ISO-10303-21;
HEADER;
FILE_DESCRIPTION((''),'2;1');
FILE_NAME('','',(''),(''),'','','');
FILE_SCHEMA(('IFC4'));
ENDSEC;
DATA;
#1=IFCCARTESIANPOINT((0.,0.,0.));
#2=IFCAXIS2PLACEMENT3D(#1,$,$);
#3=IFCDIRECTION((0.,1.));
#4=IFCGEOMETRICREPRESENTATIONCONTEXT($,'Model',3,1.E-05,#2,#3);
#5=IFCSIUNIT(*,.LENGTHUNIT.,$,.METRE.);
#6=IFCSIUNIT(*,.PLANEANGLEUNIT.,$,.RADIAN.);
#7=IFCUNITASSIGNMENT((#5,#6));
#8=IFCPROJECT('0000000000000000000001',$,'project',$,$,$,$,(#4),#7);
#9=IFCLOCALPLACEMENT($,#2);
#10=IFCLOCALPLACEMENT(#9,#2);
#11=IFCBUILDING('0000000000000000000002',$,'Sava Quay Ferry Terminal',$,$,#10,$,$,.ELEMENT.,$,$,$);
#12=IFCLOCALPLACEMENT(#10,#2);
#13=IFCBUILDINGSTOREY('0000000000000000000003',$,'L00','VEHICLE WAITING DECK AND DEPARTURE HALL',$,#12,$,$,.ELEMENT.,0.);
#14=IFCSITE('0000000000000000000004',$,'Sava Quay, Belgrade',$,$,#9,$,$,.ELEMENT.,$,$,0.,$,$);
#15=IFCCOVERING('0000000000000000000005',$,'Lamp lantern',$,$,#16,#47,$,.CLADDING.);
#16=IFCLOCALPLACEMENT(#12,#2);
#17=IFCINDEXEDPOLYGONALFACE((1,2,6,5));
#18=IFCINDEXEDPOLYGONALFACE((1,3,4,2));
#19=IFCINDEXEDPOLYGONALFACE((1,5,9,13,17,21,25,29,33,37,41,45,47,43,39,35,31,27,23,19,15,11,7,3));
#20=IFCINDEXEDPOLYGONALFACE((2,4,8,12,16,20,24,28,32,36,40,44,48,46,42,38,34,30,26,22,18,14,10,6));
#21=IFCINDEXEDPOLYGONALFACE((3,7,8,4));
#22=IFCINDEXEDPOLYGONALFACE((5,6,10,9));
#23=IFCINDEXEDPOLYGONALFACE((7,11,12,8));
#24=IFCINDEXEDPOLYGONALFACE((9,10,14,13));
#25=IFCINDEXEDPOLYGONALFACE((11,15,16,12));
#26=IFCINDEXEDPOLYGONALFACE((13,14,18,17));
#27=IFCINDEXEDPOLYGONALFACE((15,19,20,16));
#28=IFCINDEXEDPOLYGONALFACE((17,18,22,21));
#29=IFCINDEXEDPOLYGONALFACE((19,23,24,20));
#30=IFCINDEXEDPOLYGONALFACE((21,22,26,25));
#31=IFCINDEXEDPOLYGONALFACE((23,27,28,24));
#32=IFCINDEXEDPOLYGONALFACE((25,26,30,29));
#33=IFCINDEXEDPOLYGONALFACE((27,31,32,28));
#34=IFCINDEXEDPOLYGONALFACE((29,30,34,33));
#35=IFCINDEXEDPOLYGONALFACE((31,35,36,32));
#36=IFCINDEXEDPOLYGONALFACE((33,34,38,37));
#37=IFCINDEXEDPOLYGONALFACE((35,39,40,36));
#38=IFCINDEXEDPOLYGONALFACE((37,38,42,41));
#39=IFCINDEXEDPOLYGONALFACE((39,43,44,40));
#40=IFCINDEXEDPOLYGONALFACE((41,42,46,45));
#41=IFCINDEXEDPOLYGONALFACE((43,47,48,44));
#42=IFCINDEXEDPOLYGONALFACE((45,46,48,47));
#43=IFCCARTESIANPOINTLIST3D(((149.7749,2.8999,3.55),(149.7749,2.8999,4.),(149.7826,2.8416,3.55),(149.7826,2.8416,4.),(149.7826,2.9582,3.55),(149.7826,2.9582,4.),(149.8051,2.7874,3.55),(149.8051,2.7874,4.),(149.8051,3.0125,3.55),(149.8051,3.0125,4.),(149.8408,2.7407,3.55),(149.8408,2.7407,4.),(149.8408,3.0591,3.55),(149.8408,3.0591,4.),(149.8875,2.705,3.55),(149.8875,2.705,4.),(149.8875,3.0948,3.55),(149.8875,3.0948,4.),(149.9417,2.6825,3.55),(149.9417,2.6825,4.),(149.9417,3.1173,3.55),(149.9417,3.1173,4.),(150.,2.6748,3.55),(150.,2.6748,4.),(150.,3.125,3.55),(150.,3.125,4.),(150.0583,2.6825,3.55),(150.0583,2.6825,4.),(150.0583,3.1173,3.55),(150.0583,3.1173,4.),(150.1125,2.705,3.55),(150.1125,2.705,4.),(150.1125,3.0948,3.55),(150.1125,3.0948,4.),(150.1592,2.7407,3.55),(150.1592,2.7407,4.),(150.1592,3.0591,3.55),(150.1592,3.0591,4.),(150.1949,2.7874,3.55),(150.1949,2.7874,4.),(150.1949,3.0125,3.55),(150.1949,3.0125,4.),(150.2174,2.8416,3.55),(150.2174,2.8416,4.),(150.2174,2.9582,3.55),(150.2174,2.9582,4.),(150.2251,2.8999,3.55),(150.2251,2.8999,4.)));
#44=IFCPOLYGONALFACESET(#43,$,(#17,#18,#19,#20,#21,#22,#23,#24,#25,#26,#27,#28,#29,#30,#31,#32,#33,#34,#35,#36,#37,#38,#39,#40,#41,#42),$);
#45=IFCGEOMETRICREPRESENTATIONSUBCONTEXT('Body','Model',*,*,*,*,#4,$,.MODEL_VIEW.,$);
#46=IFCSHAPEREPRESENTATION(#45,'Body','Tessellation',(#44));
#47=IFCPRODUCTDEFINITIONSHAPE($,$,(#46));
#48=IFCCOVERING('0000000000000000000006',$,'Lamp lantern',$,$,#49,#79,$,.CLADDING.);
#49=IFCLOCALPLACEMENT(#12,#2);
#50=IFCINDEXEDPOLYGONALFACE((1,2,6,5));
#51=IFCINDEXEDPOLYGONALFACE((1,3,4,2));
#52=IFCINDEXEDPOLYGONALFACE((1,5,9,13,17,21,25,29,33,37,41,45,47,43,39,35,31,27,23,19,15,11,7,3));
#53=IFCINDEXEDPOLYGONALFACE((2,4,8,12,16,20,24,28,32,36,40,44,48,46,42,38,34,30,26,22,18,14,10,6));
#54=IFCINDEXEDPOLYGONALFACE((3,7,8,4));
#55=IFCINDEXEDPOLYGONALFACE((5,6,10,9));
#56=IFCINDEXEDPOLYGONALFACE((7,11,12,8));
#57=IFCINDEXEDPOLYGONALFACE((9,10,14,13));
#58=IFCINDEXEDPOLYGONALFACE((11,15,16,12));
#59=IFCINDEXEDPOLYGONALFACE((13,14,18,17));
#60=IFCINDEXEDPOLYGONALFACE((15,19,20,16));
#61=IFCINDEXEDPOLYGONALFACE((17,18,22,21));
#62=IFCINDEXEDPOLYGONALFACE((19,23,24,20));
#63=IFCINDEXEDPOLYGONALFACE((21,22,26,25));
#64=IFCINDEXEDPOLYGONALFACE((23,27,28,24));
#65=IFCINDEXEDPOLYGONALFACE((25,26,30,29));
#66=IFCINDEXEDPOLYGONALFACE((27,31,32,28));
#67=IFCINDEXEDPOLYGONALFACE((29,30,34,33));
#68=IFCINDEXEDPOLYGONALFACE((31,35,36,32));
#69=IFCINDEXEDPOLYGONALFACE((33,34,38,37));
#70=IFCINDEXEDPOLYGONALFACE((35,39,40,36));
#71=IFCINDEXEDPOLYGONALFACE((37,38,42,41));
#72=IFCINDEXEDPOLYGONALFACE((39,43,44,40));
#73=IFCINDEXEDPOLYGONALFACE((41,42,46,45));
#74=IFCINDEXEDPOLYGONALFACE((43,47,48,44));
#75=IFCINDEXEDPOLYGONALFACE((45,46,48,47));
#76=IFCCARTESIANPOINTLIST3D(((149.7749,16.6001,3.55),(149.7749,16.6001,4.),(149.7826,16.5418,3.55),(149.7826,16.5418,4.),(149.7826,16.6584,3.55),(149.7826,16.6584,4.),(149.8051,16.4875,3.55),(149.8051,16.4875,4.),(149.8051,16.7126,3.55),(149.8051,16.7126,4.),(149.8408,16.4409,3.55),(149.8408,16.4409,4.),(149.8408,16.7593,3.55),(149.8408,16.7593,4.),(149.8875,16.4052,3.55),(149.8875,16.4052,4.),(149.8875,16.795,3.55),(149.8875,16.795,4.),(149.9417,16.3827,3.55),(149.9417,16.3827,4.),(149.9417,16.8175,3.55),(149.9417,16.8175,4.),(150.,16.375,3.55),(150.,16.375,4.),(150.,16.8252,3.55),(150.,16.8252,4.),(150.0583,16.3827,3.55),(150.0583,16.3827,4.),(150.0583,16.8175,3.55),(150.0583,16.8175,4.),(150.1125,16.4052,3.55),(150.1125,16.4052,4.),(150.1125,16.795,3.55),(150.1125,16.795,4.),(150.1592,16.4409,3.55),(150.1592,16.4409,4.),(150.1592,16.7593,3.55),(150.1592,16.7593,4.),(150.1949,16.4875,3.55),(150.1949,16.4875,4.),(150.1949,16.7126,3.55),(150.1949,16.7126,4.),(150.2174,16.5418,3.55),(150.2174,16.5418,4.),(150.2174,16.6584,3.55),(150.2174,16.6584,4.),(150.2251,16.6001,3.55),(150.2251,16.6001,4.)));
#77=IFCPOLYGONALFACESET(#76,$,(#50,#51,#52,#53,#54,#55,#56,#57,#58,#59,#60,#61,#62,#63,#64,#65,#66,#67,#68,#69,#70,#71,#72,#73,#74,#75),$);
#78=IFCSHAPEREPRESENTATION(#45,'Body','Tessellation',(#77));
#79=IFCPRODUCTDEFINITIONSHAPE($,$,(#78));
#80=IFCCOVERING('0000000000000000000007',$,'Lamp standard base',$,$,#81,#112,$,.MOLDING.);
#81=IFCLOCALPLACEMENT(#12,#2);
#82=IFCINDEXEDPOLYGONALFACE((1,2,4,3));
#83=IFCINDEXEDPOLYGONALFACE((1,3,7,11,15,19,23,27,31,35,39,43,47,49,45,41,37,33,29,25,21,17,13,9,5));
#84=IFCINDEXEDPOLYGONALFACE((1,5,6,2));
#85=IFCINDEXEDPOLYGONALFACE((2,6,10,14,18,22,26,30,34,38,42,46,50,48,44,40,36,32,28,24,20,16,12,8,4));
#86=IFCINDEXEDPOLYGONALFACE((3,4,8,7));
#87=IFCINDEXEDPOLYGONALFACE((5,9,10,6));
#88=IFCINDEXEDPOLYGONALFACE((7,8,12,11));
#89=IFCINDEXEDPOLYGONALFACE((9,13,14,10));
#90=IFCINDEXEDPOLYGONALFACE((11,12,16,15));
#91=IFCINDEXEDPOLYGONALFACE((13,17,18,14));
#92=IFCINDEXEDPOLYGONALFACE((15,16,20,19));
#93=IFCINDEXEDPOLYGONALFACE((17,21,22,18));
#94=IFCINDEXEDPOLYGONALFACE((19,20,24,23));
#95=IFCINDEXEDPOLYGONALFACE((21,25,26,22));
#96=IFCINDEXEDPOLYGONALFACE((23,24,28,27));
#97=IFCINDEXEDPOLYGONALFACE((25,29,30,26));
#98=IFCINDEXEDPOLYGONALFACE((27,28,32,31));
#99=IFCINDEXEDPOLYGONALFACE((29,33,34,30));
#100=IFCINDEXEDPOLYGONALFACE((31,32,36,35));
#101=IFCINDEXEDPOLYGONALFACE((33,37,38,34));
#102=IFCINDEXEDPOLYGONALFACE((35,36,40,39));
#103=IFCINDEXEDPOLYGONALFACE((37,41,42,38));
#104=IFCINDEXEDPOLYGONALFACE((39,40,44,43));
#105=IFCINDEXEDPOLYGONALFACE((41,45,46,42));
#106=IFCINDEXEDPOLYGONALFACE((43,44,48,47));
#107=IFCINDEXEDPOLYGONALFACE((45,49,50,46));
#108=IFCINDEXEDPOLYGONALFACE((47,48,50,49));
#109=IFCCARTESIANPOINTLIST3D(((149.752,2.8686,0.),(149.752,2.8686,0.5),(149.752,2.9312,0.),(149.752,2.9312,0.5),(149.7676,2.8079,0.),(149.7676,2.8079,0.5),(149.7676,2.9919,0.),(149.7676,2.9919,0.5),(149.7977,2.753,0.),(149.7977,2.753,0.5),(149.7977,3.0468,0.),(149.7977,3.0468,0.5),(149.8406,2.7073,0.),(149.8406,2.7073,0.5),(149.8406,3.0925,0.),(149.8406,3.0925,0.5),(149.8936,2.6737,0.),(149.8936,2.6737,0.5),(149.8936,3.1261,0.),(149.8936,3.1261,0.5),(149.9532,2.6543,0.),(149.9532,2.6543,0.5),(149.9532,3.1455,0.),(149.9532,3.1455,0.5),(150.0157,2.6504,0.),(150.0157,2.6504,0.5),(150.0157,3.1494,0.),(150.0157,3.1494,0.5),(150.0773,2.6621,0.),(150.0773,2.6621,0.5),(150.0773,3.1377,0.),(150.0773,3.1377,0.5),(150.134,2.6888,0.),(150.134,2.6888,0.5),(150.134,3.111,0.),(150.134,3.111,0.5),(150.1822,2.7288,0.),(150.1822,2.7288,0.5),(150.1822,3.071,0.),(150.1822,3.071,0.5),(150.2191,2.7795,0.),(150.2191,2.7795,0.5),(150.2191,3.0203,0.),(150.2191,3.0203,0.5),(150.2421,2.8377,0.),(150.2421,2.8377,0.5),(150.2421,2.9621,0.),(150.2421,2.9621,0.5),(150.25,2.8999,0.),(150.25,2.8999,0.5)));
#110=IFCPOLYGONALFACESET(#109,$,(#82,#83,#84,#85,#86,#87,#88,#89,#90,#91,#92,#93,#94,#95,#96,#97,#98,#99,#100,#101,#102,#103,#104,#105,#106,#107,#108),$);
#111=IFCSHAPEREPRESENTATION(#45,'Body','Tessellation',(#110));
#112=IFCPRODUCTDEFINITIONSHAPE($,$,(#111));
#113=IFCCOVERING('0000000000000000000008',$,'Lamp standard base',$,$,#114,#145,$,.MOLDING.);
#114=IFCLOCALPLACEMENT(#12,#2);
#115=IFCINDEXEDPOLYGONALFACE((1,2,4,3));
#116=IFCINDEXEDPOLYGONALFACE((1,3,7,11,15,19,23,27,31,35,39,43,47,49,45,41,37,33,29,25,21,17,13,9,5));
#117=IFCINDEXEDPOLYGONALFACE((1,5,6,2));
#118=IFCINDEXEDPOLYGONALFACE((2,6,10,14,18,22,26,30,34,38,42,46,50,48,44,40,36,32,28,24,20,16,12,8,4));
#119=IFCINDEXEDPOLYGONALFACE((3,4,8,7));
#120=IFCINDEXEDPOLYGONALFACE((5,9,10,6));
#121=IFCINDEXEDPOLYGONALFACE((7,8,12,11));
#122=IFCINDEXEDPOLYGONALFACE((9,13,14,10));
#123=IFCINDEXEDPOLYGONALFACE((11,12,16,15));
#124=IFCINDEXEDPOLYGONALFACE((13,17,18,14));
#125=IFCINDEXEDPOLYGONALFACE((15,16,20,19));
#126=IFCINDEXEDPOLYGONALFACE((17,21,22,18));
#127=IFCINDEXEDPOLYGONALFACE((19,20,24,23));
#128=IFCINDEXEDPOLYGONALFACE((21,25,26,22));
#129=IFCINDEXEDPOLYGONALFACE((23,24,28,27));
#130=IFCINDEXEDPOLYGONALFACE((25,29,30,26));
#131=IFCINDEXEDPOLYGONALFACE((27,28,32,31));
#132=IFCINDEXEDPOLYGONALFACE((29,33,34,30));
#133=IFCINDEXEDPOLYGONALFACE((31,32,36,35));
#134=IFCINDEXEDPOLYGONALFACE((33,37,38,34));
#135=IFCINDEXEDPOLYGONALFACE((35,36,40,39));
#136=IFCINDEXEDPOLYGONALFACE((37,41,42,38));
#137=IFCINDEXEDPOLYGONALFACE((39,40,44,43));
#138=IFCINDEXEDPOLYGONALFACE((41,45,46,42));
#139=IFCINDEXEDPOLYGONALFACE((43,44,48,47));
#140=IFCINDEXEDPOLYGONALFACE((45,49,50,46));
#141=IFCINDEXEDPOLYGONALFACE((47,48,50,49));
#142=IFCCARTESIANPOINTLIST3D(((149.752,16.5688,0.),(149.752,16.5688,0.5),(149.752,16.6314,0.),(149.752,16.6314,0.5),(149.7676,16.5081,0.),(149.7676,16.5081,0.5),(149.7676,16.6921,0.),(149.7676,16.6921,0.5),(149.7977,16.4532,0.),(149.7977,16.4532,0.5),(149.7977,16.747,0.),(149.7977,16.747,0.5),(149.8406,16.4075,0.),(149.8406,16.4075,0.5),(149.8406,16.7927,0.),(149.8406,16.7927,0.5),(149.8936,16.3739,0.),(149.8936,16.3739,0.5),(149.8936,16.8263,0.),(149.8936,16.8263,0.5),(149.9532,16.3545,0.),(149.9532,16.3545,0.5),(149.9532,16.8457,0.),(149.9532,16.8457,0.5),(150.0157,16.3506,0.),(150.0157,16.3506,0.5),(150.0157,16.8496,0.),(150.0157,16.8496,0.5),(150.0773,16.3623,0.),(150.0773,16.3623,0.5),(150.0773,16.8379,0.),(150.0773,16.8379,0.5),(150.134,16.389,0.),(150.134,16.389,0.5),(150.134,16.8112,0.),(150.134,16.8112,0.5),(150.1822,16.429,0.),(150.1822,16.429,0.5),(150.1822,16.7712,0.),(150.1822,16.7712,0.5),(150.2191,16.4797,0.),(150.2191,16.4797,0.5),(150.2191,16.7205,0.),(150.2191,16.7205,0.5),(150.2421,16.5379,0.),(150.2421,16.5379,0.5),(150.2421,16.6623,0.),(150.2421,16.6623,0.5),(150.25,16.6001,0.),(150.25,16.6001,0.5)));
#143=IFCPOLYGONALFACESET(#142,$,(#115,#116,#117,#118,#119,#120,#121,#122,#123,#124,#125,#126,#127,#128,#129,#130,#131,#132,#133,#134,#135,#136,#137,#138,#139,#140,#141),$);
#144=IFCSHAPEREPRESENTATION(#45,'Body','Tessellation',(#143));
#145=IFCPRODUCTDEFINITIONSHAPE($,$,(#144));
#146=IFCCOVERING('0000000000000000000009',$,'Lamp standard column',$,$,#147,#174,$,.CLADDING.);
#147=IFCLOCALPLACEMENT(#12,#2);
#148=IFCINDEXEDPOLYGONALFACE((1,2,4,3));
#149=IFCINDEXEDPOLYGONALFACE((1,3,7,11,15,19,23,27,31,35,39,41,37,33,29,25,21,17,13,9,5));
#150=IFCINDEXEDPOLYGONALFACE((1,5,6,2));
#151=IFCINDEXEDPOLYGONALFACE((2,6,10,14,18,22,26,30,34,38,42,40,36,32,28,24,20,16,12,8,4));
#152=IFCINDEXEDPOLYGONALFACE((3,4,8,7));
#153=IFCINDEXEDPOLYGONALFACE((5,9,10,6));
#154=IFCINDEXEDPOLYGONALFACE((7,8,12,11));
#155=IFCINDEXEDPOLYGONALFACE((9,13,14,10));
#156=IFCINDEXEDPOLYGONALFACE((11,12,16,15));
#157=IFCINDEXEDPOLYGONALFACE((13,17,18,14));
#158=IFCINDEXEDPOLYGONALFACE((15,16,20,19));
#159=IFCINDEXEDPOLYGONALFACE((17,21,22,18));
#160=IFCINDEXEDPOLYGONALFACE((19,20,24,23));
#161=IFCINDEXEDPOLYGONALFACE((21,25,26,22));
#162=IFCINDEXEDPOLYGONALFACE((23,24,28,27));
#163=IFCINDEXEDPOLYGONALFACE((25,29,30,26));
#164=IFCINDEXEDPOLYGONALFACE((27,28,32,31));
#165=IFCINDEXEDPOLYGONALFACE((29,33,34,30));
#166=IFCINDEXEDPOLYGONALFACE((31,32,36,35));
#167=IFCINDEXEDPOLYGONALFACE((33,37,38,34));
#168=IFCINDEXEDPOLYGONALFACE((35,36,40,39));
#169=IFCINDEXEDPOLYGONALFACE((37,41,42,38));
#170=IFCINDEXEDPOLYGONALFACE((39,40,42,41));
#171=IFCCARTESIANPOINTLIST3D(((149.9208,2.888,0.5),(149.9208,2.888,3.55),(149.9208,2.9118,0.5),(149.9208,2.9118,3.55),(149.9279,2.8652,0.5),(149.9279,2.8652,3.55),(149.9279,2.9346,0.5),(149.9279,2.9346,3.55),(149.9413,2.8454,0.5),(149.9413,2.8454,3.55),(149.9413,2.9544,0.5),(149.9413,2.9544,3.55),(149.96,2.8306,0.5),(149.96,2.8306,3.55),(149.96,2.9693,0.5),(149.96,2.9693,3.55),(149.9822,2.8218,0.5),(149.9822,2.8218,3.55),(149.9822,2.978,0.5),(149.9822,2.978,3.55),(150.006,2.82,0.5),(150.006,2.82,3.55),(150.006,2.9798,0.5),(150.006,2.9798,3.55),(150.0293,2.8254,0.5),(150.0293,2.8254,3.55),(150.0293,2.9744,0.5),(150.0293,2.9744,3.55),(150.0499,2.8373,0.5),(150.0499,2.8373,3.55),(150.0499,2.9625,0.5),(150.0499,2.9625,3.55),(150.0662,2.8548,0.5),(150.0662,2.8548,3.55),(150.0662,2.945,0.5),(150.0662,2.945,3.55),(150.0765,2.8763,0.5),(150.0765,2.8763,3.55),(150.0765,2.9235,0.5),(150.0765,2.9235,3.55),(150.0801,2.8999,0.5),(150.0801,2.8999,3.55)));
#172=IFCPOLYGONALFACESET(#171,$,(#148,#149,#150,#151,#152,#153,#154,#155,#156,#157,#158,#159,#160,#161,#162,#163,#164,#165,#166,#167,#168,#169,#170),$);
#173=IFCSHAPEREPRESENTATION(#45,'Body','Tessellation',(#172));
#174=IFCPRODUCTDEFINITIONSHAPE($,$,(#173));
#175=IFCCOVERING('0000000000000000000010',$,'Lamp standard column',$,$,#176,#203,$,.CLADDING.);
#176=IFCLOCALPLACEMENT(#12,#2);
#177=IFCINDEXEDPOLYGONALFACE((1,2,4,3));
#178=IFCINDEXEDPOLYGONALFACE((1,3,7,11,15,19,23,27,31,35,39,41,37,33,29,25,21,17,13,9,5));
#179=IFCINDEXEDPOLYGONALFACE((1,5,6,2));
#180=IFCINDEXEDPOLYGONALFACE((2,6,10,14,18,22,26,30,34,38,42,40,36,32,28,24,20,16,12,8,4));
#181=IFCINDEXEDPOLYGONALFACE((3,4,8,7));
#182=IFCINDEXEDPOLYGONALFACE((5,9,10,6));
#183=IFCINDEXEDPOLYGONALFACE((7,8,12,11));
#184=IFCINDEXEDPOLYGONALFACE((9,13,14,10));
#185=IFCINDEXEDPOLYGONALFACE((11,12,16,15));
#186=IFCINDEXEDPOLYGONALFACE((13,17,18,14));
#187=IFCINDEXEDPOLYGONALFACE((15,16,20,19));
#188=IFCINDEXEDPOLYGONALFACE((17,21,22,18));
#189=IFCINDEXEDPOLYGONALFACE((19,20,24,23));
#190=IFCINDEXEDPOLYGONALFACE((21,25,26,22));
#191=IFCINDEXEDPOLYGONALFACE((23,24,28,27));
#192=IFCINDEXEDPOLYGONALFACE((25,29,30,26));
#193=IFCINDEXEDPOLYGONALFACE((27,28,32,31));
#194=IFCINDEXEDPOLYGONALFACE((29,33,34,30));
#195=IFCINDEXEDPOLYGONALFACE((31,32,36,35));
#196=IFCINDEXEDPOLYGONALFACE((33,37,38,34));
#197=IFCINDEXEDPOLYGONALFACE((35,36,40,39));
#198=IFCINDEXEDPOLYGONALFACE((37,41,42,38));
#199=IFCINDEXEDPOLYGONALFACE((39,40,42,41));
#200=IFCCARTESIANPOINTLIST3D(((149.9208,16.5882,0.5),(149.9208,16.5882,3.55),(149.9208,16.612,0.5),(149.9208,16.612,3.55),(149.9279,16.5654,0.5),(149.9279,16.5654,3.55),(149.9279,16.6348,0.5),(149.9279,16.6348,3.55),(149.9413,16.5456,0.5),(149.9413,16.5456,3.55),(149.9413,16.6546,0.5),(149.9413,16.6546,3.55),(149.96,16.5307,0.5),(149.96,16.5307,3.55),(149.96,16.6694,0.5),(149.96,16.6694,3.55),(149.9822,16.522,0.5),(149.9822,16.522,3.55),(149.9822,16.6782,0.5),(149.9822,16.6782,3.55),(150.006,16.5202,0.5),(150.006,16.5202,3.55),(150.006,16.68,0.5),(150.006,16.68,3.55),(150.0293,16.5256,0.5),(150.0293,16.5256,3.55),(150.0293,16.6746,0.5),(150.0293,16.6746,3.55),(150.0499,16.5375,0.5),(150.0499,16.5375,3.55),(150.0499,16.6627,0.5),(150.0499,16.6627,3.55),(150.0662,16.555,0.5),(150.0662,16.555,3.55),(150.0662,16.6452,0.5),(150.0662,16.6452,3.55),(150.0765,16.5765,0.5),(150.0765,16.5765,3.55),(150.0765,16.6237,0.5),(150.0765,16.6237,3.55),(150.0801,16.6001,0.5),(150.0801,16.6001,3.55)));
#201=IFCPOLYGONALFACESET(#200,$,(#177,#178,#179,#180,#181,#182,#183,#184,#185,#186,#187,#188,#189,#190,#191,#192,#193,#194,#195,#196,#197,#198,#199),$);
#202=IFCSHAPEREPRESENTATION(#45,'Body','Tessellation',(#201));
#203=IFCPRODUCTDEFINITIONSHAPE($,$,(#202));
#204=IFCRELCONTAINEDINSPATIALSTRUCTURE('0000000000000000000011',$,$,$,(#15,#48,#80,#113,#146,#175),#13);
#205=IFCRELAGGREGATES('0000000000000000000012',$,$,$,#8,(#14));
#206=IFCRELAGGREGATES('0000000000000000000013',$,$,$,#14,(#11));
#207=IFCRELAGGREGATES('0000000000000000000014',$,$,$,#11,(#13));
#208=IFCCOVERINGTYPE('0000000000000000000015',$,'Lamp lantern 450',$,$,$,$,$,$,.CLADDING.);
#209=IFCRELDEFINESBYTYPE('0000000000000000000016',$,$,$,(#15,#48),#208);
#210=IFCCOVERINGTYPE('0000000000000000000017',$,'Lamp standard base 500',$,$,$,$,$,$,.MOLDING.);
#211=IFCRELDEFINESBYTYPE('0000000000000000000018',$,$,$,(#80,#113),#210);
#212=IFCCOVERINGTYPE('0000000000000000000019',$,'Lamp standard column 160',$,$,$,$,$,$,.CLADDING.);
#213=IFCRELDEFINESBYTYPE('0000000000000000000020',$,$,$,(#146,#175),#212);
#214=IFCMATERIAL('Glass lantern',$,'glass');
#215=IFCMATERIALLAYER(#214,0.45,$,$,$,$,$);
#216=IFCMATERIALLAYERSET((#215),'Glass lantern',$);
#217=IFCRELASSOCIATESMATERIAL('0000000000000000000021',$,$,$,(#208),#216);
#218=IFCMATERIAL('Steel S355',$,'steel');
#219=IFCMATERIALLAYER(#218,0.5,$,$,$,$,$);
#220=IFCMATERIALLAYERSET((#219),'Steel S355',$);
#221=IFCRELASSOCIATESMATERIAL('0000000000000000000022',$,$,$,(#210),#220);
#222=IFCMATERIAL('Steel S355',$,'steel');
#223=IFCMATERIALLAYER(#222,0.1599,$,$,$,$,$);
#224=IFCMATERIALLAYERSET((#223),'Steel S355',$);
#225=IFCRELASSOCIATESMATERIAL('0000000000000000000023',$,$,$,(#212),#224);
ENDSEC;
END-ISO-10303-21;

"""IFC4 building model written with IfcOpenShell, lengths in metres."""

from ifc_helpers import new_model, si_unit, direction, frame, origin, origin_2d, place, context, subcontext, project, spatial, circle, extrude, material, layer, layer_set, type_object, element, save


model = new_model("IFC4")

# Units and contexts
model_context = context("Model", 3, precision=1e-05, world=origin(), true_north=direction((0.0, 1.0)))
body_context = subcontext(model_context, "Body", "Model", "MODEL_VIEW")
ifc_project = project(units=[si_unit("LENGTHUNIT", "METRE"), si_unit("PLANEANGLEUNIT", "RADIAN")], contexts=[model_context])

# Site, building, storey
site_placement = place(None, origin())
site = spatial("IfcSite", under=ifc_project, at=site_placement, Name="Sava Quay, Belgrade", CompositionType="ELEMENT", RefElevation=0.0)
building_placement = place(site_placement, origin())
building = spatial("IfcBuilding", under=site, at=building_placement, Name="Sava Quay Ferry Terminal", CompositionType="ELEMENT")
storey_placement = place(building_placement, origin())
storey = spatial("IfcBuildingStorey", under=building, at=storey_placement, Name="L00", Description="VEHICLE WAITING DECK AND DEPARTURE HALL", CompositionType="ELEMENT", Elevation=0.0)

# Coverings
ifc_material_1 = material(Name="Glass lantern", Category="glass")
ifc_layer_1 = layer(ifc_material_1, 0.45)
ifc_layer_set_1 = layer_set([ifc_layer_1], Name="Glass lantern")
covering_type_1 = type_object("IfcCoveringType", Name="Lamp lantern 450", PredefinedType="CLADDING", material=ifc_layer_set_1)
for number, where, z_axis, x_axis, name in (
    (1, (150.0, 2.8999, 4.0), (0.0, 0.0, -1.0), (1.0, 0.0, 0.0), "Lamp lantern"),
    (2, (150.0, 16.6001, 4.0), (0.0, 0.0, -1.0), (1.0, 0.0, 0.0), "Lamp lantern"),
):
    element("IfcCovering", number, at=place(storey_placement, frame(where, z_axis=z_axis, x_axis=x_axis)), inside=storey, type_object=covering_type_1, Name=name, PredefinedType="CLADDING", context=body_context, shape_type="SweptSolid", body=[
        extrude(circle(Radius=0.2251, at=origin_2d()), origin(), (0.0, 0.0, 1.0), 0.45),
    ])
ifc_material_2 = material(Name="Steel S355", Category="steel")
ifc_layer_2 = layer(ifc_material_2, 0.5)
ifc_layer_set_2 = layer_set([ifc_layer_2], Name="Steel S355")
covering_type_2 = type_object("IfcCoveringType", Name="Lamp standard base 500", PredefinedType="MOLDING", material=ifc_layer_set_2)
for number, where, z_axis, x_axis, name in (
    (3, (150.0, 2.8999, 0.5), (0.0, 0.0, -1.0), (1.0, 0.0, 0.0), "Lamp standard base"),
    (4, (150.0, 16.6001, 0.5), (0.0, 0.0, -1.0), (1.0, 0.0, 0.0), "Lamp standard base"),
):
    element("IfcCovering", number, at=place(storey_placement, frame(where, z_axis=z_axis, x_axis=x_axis)), inside=storey, type_object=covering_type_2, Name=name, PredefinedType="MOLDING", context=body_context, shape_type="SweptSolid", body=[
        extrude(circle(Radius=0.25, at=origin_2d()), origin(), (0.0, 0.0, 1.0), 0.5),
    ])
ifc_material_3 = material(Name="Steel S355", Category="steel")
ifc_layer_3 = layer(ifc_material_3, 0.1599)
ifc_layer_set_3 = layer_set([ifc_layer_3], Name="Steel S355")
covering_type_3 = type_object("IfcCoveringType", Name="Lamp standard column 160", PredefinedType="CLADDING", material=ifc_layer_set_3)
for number, where, z_axis, x_axis, name in (
    (5, (150.0, 2.8999, 3.55), (0.0, 0.0, -1.0), (1.0, 0.0, 0.0), "Lamp standard column"),
    (6, (150.0, 16.6001, 3.55), (0.0, 0.0, -1.0), (1.0, 0.0, 0.0), "Lamp standard column"),
):
    element("IfcCovering", number, at=place(storey_placement, frame(where, z_axis=z_axis, x_axis=x_axis)), inside=storey, type_object=covering_type_3, Name=name, PredefinedType="CLADDING", context=body_context, shape_type="SweptSolid", body=[
        extrude(circle(Radius=0.0801, at=origin_2d()), origin(), (0.0, 0.0, 1.0), 3.05),
    ])

save(model, "model.ifc")
